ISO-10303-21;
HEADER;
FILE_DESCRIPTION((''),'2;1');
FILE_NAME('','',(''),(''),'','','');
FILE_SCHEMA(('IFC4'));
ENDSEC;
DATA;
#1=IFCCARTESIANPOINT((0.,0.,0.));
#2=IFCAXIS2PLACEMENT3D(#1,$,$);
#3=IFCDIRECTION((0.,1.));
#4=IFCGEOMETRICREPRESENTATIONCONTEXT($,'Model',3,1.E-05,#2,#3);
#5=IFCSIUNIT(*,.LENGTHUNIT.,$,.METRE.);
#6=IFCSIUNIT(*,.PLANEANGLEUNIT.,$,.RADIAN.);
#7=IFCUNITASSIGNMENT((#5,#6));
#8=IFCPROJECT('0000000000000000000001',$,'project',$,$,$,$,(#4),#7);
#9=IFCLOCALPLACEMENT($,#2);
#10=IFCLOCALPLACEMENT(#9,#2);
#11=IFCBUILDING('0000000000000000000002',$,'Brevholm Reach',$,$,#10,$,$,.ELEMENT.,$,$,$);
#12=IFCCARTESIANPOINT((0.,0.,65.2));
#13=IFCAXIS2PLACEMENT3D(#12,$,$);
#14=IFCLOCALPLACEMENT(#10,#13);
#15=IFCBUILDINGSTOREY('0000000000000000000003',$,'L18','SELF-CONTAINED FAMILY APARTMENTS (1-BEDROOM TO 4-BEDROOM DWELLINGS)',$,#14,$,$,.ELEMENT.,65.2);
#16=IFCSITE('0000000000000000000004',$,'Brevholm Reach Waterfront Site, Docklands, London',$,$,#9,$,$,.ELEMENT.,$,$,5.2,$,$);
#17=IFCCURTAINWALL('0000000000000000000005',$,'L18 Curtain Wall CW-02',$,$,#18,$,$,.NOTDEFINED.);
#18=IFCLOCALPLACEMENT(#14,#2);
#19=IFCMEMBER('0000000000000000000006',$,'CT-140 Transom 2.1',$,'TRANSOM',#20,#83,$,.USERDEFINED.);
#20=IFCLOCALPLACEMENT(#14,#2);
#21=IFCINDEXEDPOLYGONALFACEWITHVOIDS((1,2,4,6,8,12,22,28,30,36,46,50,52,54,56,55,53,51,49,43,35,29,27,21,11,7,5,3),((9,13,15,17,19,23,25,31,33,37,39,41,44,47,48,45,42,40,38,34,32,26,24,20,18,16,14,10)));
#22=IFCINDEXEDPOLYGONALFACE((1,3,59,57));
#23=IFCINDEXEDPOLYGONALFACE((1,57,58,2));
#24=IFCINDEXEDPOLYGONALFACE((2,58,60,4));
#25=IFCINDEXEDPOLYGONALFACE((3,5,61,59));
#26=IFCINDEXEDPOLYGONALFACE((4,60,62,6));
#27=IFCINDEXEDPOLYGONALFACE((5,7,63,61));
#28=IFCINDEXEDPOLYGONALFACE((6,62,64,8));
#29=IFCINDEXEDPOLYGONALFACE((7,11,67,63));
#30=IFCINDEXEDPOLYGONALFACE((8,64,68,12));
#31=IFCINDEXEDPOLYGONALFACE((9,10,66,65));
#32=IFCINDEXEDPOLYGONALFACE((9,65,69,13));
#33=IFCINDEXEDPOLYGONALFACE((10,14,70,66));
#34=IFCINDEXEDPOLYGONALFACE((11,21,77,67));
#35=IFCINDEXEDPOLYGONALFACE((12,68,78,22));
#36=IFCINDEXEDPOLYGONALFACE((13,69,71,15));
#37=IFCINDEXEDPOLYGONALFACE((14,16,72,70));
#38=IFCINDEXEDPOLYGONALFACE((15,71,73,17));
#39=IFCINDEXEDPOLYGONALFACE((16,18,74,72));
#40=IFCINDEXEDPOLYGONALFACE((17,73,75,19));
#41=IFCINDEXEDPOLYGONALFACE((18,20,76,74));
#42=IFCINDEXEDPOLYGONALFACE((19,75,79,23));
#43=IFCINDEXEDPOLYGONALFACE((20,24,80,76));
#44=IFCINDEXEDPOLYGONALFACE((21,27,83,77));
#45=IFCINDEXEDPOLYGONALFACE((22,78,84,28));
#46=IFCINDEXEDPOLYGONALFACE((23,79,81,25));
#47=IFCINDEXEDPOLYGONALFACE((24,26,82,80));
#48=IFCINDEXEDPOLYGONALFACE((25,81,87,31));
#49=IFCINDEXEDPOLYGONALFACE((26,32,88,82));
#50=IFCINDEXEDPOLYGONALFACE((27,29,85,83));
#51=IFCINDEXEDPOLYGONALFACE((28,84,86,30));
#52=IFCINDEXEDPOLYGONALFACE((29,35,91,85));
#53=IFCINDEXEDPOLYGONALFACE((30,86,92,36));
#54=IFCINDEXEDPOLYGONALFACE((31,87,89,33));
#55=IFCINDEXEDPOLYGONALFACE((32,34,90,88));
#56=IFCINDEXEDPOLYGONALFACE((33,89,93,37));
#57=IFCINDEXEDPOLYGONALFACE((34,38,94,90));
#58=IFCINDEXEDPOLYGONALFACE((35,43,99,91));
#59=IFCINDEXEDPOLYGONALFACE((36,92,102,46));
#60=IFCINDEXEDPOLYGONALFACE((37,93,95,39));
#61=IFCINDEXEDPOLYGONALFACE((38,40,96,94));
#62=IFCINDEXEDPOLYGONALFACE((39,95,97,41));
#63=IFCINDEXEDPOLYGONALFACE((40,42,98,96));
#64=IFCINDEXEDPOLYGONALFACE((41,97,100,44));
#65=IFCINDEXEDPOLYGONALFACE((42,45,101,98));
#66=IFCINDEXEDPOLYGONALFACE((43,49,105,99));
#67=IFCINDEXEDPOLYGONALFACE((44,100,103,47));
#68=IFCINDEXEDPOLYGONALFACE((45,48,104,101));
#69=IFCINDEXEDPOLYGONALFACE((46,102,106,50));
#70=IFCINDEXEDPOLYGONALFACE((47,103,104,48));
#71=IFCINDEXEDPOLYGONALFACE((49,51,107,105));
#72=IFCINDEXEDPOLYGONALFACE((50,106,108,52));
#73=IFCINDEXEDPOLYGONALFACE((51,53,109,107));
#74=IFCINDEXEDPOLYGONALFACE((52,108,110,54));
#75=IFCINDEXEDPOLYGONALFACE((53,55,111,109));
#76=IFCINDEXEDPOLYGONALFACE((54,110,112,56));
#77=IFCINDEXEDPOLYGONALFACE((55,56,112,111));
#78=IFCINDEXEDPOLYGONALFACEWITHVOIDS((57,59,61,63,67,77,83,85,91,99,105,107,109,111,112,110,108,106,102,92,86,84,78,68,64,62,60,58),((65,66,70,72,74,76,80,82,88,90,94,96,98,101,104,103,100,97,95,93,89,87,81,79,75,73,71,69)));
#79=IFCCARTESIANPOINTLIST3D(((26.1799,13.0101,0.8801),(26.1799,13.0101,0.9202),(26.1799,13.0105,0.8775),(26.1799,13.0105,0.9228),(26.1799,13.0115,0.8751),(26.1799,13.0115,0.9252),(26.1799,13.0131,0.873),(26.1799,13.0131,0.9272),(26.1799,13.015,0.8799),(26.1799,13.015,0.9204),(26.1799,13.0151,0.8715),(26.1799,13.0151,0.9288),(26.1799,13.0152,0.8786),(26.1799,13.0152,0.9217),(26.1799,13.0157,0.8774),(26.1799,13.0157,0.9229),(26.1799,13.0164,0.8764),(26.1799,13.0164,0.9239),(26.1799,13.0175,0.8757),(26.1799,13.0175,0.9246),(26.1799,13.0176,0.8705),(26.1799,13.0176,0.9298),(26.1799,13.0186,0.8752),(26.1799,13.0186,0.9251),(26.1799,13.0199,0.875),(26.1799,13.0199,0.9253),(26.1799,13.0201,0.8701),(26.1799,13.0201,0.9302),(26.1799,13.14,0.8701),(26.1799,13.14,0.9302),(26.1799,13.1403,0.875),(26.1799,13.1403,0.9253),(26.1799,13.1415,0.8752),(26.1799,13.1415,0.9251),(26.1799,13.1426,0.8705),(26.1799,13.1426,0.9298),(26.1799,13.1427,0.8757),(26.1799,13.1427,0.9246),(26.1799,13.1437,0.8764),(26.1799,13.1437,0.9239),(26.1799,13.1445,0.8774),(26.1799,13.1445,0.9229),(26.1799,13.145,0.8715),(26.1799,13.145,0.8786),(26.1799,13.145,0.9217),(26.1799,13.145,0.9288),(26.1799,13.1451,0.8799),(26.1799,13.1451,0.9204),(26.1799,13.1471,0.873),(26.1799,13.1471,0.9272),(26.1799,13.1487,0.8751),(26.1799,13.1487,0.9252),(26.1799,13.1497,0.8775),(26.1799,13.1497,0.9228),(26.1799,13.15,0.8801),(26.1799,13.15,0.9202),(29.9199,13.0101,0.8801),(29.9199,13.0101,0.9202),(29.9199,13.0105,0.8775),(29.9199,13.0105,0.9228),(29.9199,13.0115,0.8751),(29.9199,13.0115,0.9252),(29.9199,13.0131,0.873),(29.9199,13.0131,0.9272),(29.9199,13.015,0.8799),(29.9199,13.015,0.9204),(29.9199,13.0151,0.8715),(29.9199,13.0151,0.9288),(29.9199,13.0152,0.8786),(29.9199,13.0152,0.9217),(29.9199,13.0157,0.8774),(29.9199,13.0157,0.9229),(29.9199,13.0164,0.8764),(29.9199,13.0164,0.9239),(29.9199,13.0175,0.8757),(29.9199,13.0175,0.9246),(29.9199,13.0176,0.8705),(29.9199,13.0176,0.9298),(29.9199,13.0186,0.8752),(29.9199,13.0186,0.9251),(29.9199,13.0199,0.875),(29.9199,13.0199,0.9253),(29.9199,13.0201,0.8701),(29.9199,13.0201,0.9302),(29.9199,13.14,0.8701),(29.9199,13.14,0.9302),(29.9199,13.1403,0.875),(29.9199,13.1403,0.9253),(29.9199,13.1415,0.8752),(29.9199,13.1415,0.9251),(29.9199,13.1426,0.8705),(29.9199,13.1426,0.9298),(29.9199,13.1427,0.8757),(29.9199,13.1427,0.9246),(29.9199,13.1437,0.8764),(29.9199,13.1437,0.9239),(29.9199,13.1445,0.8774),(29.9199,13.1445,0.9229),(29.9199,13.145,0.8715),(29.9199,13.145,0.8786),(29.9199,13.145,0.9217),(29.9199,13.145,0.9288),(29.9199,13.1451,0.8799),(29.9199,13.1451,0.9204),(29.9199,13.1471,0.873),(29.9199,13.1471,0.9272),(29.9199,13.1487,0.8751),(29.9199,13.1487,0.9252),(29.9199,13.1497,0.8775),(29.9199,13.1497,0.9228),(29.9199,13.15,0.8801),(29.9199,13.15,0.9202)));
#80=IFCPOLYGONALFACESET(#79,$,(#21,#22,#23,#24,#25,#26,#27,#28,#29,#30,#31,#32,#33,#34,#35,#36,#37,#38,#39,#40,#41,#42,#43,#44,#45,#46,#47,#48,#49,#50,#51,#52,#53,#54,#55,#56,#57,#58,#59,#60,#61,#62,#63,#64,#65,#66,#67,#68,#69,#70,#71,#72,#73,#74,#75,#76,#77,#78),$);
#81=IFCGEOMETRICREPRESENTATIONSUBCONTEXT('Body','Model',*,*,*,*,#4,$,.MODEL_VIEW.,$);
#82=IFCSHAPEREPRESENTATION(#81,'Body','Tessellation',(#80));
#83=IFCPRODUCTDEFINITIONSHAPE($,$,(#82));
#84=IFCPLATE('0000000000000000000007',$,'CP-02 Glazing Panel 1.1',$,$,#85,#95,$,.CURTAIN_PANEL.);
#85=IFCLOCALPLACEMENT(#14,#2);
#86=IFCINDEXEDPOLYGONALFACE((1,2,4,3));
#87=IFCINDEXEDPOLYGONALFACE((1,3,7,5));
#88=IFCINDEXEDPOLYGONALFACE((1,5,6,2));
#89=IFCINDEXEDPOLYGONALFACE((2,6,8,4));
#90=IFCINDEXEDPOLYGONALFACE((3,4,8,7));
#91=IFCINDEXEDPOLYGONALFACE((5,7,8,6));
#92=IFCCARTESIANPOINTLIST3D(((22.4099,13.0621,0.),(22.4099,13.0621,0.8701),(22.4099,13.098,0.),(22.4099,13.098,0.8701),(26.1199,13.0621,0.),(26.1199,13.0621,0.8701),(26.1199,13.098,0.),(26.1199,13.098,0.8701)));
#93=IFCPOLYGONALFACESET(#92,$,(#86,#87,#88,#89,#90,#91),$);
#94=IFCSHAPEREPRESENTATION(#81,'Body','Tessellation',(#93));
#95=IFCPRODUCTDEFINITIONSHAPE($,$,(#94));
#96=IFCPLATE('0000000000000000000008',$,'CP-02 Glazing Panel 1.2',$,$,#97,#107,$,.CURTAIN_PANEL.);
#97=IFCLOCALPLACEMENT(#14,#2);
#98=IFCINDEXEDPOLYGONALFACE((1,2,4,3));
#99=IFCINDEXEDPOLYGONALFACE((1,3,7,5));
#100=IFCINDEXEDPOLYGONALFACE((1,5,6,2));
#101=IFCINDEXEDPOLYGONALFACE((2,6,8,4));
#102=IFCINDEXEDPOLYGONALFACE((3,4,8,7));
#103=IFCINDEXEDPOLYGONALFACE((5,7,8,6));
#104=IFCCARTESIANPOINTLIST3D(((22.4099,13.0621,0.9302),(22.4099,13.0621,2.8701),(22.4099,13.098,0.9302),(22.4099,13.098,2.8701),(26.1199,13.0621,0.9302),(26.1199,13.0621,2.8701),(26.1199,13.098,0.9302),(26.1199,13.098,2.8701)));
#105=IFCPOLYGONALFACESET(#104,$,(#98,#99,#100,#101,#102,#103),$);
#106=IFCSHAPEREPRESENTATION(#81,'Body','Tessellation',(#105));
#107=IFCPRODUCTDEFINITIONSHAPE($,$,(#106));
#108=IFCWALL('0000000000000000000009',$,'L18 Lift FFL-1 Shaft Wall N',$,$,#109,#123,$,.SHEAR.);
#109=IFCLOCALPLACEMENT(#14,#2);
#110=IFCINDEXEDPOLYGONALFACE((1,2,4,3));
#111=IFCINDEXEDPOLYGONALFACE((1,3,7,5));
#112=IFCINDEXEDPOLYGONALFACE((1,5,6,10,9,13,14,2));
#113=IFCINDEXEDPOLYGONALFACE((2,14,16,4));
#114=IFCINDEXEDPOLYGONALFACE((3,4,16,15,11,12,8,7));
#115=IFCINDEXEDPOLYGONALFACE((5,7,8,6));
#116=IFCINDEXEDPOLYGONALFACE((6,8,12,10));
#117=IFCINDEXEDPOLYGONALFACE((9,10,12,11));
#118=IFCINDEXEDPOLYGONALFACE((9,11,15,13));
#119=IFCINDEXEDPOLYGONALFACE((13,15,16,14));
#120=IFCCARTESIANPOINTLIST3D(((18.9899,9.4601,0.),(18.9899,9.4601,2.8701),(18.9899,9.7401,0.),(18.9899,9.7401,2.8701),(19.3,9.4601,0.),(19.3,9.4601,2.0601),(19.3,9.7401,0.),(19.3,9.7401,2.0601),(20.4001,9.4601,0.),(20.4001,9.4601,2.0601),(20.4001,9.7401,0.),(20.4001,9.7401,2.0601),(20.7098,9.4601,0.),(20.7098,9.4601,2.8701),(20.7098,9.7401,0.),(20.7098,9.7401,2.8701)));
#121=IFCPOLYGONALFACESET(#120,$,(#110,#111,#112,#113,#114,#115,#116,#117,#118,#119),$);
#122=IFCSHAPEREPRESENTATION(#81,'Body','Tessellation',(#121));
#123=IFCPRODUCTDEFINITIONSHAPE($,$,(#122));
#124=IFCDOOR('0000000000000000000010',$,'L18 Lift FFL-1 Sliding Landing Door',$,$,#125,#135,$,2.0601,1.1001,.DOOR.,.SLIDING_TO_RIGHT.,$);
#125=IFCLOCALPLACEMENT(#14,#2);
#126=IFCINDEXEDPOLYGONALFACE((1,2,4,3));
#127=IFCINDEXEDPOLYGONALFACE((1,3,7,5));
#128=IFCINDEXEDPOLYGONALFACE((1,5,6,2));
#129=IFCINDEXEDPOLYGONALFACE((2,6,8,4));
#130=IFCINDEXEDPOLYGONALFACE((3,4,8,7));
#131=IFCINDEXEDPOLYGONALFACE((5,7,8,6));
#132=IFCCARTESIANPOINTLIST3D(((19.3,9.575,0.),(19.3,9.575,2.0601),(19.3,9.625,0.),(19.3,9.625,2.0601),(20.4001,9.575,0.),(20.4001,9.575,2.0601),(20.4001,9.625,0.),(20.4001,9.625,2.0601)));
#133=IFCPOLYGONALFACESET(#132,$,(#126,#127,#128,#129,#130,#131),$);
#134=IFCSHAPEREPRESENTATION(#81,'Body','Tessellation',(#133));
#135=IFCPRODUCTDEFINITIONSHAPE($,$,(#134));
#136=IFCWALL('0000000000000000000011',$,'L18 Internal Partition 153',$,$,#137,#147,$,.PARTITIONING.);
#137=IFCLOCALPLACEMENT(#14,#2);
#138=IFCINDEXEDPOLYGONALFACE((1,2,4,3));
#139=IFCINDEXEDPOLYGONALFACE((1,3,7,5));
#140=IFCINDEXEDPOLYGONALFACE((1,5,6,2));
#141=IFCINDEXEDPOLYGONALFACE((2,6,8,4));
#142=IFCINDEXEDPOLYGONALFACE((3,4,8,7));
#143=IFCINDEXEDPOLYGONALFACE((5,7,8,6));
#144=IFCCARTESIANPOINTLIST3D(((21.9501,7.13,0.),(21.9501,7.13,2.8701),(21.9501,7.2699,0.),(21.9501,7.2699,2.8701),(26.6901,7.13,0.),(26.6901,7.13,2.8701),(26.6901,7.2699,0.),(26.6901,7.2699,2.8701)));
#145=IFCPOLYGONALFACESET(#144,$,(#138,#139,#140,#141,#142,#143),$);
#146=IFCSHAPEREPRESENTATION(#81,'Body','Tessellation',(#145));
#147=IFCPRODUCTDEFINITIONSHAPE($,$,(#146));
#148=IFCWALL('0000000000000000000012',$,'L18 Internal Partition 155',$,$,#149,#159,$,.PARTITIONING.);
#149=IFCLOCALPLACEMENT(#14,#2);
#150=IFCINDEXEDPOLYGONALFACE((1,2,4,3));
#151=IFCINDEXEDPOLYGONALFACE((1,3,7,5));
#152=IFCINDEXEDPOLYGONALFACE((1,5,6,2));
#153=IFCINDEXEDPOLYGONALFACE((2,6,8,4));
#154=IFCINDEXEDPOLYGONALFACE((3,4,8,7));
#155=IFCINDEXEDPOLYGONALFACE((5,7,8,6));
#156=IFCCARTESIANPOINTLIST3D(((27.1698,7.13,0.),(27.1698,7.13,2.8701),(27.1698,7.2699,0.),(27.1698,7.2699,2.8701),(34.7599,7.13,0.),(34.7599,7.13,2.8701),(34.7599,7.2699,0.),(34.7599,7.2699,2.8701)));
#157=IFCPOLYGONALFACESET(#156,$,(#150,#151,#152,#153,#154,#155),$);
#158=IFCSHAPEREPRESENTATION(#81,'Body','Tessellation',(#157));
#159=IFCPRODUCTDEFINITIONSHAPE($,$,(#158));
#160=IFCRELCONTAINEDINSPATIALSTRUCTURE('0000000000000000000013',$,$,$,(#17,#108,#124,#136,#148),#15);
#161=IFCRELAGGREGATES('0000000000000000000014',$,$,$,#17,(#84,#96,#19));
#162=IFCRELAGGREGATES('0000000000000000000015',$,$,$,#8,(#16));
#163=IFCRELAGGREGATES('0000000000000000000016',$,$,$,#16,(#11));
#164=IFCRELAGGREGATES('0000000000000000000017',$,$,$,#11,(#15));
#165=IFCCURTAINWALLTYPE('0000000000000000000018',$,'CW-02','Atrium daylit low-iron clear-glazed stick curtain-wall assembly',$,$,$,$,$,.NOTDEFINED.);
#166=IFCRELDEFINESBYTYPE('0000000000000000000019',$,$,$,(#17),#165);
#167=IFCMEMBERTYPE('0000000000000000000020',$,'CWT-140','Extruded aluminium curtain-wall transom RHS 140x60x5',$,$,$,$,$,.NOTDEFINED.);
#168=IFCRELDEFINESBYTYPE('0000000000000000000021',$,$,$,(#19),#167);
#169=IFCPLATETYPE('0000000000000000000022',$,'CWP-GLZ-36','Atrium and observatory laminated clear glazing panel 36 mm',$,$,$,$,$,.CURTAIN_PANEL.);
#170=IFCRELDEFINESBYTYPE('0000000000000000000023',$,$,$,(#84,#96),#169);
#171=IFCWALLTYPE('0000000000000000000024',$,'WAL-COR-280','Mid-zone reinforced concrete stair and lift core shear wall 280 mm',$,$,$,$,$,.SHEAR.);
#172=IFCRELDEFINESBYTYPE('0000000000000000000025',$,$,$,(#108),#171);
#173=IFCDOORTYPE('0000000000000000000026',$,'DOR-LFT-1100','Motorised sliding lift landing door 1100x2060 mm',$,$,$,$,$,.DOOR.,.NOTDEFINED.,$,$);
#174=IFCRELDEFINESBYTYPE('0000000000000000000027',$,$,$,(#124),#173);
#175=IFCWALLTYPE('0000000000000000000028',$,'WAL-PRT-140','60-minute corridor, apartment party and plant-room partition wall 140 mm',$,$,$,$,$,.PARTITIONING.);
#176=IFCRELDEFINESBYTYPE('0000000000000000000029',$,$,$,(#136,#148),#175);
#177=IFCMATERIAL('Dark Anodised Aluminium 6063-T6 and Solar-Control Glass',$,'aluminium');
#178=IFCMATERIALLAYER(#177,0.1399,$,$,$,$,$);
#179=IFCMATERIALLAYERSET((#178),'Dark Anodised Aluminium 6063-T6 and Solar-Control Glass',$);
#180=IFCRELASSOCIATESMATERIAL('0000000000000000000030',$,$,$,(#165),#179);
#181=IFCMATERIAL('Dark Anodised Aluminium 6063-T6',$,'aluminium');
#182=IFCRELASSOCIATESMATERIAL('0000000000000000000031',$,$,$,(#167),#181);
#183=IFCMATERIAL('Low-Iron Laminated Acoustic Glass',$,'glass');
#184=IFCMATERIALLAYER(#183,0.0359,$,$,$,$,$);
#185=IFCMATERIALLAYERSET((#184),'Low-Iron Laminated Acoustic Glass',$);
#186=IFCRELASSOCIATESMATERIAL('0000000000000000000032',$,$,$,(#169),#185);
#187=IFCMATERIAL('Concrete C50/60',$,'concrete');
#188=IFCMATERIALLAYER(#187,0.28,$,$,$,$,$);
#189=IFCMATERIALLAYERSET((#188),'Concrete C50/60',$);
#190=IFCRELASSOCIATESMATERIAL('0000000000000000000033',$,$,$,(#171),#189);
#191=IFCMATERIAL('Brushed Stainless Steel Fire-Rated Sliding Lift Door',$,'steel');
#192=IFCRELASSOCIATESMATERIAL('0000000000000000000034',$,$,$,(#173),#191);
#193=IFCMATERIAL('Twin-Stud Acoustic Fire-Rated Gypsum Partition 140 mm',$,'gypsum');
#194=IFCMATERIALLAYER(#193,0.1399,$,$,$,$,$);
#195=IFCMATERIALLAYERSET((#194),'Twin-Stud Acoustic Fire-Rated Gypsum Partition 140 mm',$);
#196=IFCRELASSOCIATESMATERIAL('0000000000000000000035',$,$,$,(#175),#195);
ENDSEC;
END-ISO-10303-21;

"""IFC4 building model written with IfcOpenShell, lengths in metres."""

from ifc_helpers import new_model, si_unit, direction, frame, frame_2d, origin, origin_2d, place, context, subcontext, project, spatial, rectangle, hollow_rectangle, extrude, material, layer, layer_set, material_profile, profile_set, type_object, element, fill, aggregate, save


model = new_model("IFC4")

# Units and contexts
model_context = context("Model", 3, precision=1e-05, world=origin(), true_north=direction((0.0, 1.0)))
body_context = subcontext(model_context, "Body", "Model", "MODEL_VIEW")
ifc_project = project(units=[si_unit("LENGTHUNIT", "METRE"), si_unit("PLANEANGLEUNIT", "RADIAN")], contexts=[model_context])

# Site, building, storey
site_placement = place(None, origin())
site = spatial("IfcSite", under=ifc_project, at=site_placement, Name="Brevholm Reach Waterfront Site, Docklands, London", CompositionType="ELEMENT", RefElevation=5.2)
building_placement = place(site_placement, origin())
building = spatial("IfcBuilding", under=site, at=building_placement, Name="Brevholm Reach", CompositionType="ELEMENT")
storey_placement = place(building_placement, frame((0.0, 0.0, 65.2)))
storey = spatial("IfcBuildingStorey", under=building, at=storey_placement, Name="L18", Description="SELF-CONTAINED FAMILY APARTMENTS (1-BEDROOM TO 4-BEDROOM DWELLINGS)", CompositionType="ELEMENT", Elevation=65.2)

# Curtain wall, member, plates
ifc_material_1 = material(Name="Dark Anodised Aluminium 6063-T6 and Solar-Control Glass", Category="aluminium")
ifc_layer_1 = layer(ifc_material_1, 0.1399)
ifc_layer_set_1 = layer_set([ifc_layer_1], Name="Dark Anodised Aluminium 6063-T6 and Solar-Control Glass")
curtain_wall_type = type_object("IfcCurtainWallType", Name="CW-02", Description="Atrium daylit low-iron clear-glazed stick curtain-wall assembly", PredefinedType="NOTDEFINED", material=ifc_layer_set_1)
curtain_wall_placement = place(storey_placement, origin())
curtain_wall = element("IfcCurtainWall", 1, at=curtain_wall_placement, inside=storey, type_object=curtain_wall_type, Name="L18 Curtain Wall CW-02", PredefinedType="NOTDEFINED")
ifc_material_2 = material(Name="Dark Anodised Aluminium 6063-T6", Category="aluminium")
ifc_material_profile_1 = material_profile(ifc_material_2, hollow_rectangle(XDim=0.0601, YDim=0.1399, WallThickness=0.0049, InnerFilletRadius=0.0049, OuterFilletRadius=0.01, at=origin_2d()), Name="RHS 140x60x5")
ifc_profile_set_1 = profile_set([ifc_material_profile_1], Name="Dark Anodised Aluminium 6063-T6")
member_type_1 = type_object("IfcMemberType", Name="CWT-140", Description="Extruded aluminium curtain-wall transom RHS 140x60x5", PredefinedType="NOTDEFINED", material=ifc_profile_set_1)
member_1_placement = place(storey_placement, frame((26.1799, 13.0801, 0.9001), z_axis=(1.0, 0.0, 0.0), x_axis=(0.0, 0.0, 1.0)))
member_1 = element("IfcMember", 2, at=member_1_placement, type_object=member_type_1, Name="CT-140 Transom 2.1", ObjectType="TRANSOM", PredefinedType="USERDEFINED", context=body_context, shape_type="SweptSolid", body=[
    extrude(hollow_rectangle(XDim=0.0601, YDim=0.1399, WallThickness=0.0049, InnerFilletRadius=0.0049, OuterFilletRadius=0.01, at=origin_2d()), origin(), (0.0, 0.0, 1.0), 3.74),
])
ifc_material_3 = material(Name="Low-Iron Laminated Acoustic Glass", Category="glass")
ifc_layer_2 = layer(ifc_material_3, 0.0359)
ifc_layer_set_2 = layer_set([ifc_layer_2], Name="Low-Iron Laminated Acoustic Glass")
plate_type = type_object("IfcPlateType", Name="CWP-GLZ-36", Description="Atrium and observatory laminated clear glazing panel 36 mm", PredefinedType="CURTAIN_PANEL", material=ifc_layer_set_2)
plate_1_placement = place(storey_placement, frame((24.2649, 13.0801, 0.0), z_axis=(0.0, 0.0, 1.0), x_axis=(1.0, 0.0, 0.0)))
plate_1 = element("IfcPlate", 3, at=plate_1_placement, type_object=plate_type, Name="CP-02 Glazing Panel 1.1", PredefinedType="CURTAIN_PANEL", context=body_context, shape_type="SweptSolid", body=[
    extrude(rectangle(XDim=3.71, YDim=0.0359, at=origin_2d()), origin(), (0.0, 0.0, 1.0), 0.8701),
])
plate_2_placement = place(storey_placement, frame((24.2649, 13.0801, 0.9302), z_axis=(0.0, 0.0, 1.0), x_axis=(1.0, 0.0, 0.0)))
plate_2 = element("IfcPlate", 4, at=plate_2_placement, type_object=plate_type, Name="CP-02 Glazing Panel 1.2", PredefinedType="CURTAIN_PANEL", context=body_context, shape_type="SweptSolid", body=[
    extrude(rectangle(XDim=3.71, YDim=0.0359, at=origin_2d()), origin(), (0.0, 0.0, 1.0), 1.9399),
])
aggregate(curtain_wall, [plate_1, plate_2, member_1])

# Wall, opening, door
ifc_material_4 = material(Name="Concrete C50/60", Category="concrete")
ifc_layer_3 = layer(ifc_material_4, 0.28)
ifc_layer_set_3 = layer_set([ifc_layer_3], Name="Concrete C50/60")
wall_type_1 = type_object("IfcWallType", Name="WAL-COR-280", Description="Mid-zone reinforced concrete stair and lift core shear wall 280 mm", PredefinedType="SHEAR", material=ifc_layer_set_3)
wall_1_placement = place(storey_placement, frame((18.99, 9.6001, 0.0), z_axis=(0.0, 0.0, 1.0), x_axis=(1.0, 0.0, 0.0)))
wall_1 = element("IfcWall", 5, at=wall_1_placement, inside=storey, type_object=wall_type_1, Name="L18 Lift FFL-1 Shaft Wall N", PredefinedType="SHEAR", context=body_context, shape_type="SweptSolid", body=[
    extrude(rectangle(XDim=1.72, YDim=0.28, at=frame_2d((0.8599, 0.0))), origin(), (0.0, 0.0, 1.0), 2.8701),
])
opening_1_placement = place(wall_1_placement, frame((0.3101, 0.0, 0.0)))
opening_1 = element("IfcOpeningElement", 6, at=opening_1_placement, cuts=wall_1, PredefinedType="OPENING", context=body_context, shape_type="SweptSolid", body=[
    extrude(rectangle(XDim=1.1001, YDim=2.0601, at=frame_2d((0.55, 1.03))), frame((0.0, 0.1499, 0.0), z_axis=(0.0, -1.0, 0.0), x_axis=(1.0, 0.0, 0.0)), (0.0, 0.0, 1.0), 0.3),
])
ifc_material_5 = material(Name="Brushed Stainless Steel Fire-Rated Sliding Lift Door", Category="steel")
door_type_1 = type_object("IfcDoorType", Name="DOR-LFT-1100", Description="Motorised sliding lift landing door 1100x2060 mm", OperationType="NOTDEFINED", PredefinedType="DOOR", material=ifc_material_5)
door_1_placement = place(opening_1_placement, origin())
door_1 = element("IfcDoor", 7, at=door_1_placement, inside=storey, type_object=door_type_1, Name="L18 Lift FFL-1 Sliding Landing Door", OperationType="SLIDING_TO_RIGHT", OverallHeight=2.0601, OverallWidth=1.1001, PredefinedType="DOOR", context=body_context, shape_type="SweptSolid", body=[
    extrude(rectangle(XDim=1.1001, YDim=2.0601, at=frame_2d((0.55, 1.03))), frame((0.0, 0.0249, 0.0), z_axis=(0.0, -1.0, 0.0), x_axis=(1.0, 0.0, 0.0)), (0.0, 0.0, 1.0), 0.05),
])
fill(opening_1, door_1)

# Walls
ifc_material_6 = material(Name="Twin-Stud Acoustic Fire-Rated Gypsum Partition 140 mm", Category="gypsum")
ifc_layer_4 = layer(ifc_material_6, 0.1399)
ifc_layer_set_4 = layer_set([ifc_layer_4], Name="Twin-Stud Acoustic Fire-Rated Gypsum Partition 140 mm")
wall_type_2 = type_object("IfcWallType", Name="WAL-PRT-140", Description="60-minute corridor, apartment party and plant-room partition wall 140 mm", PredefinedType="PARTITIONING", material=ifc_layer_set_4)
wall_2_placement = place(storey_placement, frame((21.95, 7.2, 0.0), z_axis=(0.0, 0.0, 1.0), x_axis=(1.0, 0.0, 0.0)))
element("IfcWall", 8, at=wall_2_placement, inside=storey, type_object=wall_type_2, Name="L18 Internal Partition 153", PredefinedType="PARTITIONING", context=body_context, shape_type="SweptSolid", body=[
    extrude(rectangle(XDim=4.74, YDim=0.1399, at=frame_2d((2.3701, 0.0))), origin(), (0.0, 0.0, 1.0), 2.8701),
])
wall_3_placement = place(storey_placement, frame((27.1699, 7.2, 0.0), z_axis=(0.0, 0.0, 1.0), x_axis=(1.0, 0.0, 0.0)))
element("IfcWall", 9, at=wall_3_placement, inside=storey, type_object=wall_type_2, Name="L18 Internal Partition 155", PredefinedType="PARTITIONING", context=body_context, shape_type="SweptSolid", body=[
    extrude(rectangle(XDim=7.5901, YDim=0.1399, at=frame_2d((3.7949, 0.0))), origin(), (0.0, 0.0, 1.0), 2.8701),
])

save(model, "model.ifc")
